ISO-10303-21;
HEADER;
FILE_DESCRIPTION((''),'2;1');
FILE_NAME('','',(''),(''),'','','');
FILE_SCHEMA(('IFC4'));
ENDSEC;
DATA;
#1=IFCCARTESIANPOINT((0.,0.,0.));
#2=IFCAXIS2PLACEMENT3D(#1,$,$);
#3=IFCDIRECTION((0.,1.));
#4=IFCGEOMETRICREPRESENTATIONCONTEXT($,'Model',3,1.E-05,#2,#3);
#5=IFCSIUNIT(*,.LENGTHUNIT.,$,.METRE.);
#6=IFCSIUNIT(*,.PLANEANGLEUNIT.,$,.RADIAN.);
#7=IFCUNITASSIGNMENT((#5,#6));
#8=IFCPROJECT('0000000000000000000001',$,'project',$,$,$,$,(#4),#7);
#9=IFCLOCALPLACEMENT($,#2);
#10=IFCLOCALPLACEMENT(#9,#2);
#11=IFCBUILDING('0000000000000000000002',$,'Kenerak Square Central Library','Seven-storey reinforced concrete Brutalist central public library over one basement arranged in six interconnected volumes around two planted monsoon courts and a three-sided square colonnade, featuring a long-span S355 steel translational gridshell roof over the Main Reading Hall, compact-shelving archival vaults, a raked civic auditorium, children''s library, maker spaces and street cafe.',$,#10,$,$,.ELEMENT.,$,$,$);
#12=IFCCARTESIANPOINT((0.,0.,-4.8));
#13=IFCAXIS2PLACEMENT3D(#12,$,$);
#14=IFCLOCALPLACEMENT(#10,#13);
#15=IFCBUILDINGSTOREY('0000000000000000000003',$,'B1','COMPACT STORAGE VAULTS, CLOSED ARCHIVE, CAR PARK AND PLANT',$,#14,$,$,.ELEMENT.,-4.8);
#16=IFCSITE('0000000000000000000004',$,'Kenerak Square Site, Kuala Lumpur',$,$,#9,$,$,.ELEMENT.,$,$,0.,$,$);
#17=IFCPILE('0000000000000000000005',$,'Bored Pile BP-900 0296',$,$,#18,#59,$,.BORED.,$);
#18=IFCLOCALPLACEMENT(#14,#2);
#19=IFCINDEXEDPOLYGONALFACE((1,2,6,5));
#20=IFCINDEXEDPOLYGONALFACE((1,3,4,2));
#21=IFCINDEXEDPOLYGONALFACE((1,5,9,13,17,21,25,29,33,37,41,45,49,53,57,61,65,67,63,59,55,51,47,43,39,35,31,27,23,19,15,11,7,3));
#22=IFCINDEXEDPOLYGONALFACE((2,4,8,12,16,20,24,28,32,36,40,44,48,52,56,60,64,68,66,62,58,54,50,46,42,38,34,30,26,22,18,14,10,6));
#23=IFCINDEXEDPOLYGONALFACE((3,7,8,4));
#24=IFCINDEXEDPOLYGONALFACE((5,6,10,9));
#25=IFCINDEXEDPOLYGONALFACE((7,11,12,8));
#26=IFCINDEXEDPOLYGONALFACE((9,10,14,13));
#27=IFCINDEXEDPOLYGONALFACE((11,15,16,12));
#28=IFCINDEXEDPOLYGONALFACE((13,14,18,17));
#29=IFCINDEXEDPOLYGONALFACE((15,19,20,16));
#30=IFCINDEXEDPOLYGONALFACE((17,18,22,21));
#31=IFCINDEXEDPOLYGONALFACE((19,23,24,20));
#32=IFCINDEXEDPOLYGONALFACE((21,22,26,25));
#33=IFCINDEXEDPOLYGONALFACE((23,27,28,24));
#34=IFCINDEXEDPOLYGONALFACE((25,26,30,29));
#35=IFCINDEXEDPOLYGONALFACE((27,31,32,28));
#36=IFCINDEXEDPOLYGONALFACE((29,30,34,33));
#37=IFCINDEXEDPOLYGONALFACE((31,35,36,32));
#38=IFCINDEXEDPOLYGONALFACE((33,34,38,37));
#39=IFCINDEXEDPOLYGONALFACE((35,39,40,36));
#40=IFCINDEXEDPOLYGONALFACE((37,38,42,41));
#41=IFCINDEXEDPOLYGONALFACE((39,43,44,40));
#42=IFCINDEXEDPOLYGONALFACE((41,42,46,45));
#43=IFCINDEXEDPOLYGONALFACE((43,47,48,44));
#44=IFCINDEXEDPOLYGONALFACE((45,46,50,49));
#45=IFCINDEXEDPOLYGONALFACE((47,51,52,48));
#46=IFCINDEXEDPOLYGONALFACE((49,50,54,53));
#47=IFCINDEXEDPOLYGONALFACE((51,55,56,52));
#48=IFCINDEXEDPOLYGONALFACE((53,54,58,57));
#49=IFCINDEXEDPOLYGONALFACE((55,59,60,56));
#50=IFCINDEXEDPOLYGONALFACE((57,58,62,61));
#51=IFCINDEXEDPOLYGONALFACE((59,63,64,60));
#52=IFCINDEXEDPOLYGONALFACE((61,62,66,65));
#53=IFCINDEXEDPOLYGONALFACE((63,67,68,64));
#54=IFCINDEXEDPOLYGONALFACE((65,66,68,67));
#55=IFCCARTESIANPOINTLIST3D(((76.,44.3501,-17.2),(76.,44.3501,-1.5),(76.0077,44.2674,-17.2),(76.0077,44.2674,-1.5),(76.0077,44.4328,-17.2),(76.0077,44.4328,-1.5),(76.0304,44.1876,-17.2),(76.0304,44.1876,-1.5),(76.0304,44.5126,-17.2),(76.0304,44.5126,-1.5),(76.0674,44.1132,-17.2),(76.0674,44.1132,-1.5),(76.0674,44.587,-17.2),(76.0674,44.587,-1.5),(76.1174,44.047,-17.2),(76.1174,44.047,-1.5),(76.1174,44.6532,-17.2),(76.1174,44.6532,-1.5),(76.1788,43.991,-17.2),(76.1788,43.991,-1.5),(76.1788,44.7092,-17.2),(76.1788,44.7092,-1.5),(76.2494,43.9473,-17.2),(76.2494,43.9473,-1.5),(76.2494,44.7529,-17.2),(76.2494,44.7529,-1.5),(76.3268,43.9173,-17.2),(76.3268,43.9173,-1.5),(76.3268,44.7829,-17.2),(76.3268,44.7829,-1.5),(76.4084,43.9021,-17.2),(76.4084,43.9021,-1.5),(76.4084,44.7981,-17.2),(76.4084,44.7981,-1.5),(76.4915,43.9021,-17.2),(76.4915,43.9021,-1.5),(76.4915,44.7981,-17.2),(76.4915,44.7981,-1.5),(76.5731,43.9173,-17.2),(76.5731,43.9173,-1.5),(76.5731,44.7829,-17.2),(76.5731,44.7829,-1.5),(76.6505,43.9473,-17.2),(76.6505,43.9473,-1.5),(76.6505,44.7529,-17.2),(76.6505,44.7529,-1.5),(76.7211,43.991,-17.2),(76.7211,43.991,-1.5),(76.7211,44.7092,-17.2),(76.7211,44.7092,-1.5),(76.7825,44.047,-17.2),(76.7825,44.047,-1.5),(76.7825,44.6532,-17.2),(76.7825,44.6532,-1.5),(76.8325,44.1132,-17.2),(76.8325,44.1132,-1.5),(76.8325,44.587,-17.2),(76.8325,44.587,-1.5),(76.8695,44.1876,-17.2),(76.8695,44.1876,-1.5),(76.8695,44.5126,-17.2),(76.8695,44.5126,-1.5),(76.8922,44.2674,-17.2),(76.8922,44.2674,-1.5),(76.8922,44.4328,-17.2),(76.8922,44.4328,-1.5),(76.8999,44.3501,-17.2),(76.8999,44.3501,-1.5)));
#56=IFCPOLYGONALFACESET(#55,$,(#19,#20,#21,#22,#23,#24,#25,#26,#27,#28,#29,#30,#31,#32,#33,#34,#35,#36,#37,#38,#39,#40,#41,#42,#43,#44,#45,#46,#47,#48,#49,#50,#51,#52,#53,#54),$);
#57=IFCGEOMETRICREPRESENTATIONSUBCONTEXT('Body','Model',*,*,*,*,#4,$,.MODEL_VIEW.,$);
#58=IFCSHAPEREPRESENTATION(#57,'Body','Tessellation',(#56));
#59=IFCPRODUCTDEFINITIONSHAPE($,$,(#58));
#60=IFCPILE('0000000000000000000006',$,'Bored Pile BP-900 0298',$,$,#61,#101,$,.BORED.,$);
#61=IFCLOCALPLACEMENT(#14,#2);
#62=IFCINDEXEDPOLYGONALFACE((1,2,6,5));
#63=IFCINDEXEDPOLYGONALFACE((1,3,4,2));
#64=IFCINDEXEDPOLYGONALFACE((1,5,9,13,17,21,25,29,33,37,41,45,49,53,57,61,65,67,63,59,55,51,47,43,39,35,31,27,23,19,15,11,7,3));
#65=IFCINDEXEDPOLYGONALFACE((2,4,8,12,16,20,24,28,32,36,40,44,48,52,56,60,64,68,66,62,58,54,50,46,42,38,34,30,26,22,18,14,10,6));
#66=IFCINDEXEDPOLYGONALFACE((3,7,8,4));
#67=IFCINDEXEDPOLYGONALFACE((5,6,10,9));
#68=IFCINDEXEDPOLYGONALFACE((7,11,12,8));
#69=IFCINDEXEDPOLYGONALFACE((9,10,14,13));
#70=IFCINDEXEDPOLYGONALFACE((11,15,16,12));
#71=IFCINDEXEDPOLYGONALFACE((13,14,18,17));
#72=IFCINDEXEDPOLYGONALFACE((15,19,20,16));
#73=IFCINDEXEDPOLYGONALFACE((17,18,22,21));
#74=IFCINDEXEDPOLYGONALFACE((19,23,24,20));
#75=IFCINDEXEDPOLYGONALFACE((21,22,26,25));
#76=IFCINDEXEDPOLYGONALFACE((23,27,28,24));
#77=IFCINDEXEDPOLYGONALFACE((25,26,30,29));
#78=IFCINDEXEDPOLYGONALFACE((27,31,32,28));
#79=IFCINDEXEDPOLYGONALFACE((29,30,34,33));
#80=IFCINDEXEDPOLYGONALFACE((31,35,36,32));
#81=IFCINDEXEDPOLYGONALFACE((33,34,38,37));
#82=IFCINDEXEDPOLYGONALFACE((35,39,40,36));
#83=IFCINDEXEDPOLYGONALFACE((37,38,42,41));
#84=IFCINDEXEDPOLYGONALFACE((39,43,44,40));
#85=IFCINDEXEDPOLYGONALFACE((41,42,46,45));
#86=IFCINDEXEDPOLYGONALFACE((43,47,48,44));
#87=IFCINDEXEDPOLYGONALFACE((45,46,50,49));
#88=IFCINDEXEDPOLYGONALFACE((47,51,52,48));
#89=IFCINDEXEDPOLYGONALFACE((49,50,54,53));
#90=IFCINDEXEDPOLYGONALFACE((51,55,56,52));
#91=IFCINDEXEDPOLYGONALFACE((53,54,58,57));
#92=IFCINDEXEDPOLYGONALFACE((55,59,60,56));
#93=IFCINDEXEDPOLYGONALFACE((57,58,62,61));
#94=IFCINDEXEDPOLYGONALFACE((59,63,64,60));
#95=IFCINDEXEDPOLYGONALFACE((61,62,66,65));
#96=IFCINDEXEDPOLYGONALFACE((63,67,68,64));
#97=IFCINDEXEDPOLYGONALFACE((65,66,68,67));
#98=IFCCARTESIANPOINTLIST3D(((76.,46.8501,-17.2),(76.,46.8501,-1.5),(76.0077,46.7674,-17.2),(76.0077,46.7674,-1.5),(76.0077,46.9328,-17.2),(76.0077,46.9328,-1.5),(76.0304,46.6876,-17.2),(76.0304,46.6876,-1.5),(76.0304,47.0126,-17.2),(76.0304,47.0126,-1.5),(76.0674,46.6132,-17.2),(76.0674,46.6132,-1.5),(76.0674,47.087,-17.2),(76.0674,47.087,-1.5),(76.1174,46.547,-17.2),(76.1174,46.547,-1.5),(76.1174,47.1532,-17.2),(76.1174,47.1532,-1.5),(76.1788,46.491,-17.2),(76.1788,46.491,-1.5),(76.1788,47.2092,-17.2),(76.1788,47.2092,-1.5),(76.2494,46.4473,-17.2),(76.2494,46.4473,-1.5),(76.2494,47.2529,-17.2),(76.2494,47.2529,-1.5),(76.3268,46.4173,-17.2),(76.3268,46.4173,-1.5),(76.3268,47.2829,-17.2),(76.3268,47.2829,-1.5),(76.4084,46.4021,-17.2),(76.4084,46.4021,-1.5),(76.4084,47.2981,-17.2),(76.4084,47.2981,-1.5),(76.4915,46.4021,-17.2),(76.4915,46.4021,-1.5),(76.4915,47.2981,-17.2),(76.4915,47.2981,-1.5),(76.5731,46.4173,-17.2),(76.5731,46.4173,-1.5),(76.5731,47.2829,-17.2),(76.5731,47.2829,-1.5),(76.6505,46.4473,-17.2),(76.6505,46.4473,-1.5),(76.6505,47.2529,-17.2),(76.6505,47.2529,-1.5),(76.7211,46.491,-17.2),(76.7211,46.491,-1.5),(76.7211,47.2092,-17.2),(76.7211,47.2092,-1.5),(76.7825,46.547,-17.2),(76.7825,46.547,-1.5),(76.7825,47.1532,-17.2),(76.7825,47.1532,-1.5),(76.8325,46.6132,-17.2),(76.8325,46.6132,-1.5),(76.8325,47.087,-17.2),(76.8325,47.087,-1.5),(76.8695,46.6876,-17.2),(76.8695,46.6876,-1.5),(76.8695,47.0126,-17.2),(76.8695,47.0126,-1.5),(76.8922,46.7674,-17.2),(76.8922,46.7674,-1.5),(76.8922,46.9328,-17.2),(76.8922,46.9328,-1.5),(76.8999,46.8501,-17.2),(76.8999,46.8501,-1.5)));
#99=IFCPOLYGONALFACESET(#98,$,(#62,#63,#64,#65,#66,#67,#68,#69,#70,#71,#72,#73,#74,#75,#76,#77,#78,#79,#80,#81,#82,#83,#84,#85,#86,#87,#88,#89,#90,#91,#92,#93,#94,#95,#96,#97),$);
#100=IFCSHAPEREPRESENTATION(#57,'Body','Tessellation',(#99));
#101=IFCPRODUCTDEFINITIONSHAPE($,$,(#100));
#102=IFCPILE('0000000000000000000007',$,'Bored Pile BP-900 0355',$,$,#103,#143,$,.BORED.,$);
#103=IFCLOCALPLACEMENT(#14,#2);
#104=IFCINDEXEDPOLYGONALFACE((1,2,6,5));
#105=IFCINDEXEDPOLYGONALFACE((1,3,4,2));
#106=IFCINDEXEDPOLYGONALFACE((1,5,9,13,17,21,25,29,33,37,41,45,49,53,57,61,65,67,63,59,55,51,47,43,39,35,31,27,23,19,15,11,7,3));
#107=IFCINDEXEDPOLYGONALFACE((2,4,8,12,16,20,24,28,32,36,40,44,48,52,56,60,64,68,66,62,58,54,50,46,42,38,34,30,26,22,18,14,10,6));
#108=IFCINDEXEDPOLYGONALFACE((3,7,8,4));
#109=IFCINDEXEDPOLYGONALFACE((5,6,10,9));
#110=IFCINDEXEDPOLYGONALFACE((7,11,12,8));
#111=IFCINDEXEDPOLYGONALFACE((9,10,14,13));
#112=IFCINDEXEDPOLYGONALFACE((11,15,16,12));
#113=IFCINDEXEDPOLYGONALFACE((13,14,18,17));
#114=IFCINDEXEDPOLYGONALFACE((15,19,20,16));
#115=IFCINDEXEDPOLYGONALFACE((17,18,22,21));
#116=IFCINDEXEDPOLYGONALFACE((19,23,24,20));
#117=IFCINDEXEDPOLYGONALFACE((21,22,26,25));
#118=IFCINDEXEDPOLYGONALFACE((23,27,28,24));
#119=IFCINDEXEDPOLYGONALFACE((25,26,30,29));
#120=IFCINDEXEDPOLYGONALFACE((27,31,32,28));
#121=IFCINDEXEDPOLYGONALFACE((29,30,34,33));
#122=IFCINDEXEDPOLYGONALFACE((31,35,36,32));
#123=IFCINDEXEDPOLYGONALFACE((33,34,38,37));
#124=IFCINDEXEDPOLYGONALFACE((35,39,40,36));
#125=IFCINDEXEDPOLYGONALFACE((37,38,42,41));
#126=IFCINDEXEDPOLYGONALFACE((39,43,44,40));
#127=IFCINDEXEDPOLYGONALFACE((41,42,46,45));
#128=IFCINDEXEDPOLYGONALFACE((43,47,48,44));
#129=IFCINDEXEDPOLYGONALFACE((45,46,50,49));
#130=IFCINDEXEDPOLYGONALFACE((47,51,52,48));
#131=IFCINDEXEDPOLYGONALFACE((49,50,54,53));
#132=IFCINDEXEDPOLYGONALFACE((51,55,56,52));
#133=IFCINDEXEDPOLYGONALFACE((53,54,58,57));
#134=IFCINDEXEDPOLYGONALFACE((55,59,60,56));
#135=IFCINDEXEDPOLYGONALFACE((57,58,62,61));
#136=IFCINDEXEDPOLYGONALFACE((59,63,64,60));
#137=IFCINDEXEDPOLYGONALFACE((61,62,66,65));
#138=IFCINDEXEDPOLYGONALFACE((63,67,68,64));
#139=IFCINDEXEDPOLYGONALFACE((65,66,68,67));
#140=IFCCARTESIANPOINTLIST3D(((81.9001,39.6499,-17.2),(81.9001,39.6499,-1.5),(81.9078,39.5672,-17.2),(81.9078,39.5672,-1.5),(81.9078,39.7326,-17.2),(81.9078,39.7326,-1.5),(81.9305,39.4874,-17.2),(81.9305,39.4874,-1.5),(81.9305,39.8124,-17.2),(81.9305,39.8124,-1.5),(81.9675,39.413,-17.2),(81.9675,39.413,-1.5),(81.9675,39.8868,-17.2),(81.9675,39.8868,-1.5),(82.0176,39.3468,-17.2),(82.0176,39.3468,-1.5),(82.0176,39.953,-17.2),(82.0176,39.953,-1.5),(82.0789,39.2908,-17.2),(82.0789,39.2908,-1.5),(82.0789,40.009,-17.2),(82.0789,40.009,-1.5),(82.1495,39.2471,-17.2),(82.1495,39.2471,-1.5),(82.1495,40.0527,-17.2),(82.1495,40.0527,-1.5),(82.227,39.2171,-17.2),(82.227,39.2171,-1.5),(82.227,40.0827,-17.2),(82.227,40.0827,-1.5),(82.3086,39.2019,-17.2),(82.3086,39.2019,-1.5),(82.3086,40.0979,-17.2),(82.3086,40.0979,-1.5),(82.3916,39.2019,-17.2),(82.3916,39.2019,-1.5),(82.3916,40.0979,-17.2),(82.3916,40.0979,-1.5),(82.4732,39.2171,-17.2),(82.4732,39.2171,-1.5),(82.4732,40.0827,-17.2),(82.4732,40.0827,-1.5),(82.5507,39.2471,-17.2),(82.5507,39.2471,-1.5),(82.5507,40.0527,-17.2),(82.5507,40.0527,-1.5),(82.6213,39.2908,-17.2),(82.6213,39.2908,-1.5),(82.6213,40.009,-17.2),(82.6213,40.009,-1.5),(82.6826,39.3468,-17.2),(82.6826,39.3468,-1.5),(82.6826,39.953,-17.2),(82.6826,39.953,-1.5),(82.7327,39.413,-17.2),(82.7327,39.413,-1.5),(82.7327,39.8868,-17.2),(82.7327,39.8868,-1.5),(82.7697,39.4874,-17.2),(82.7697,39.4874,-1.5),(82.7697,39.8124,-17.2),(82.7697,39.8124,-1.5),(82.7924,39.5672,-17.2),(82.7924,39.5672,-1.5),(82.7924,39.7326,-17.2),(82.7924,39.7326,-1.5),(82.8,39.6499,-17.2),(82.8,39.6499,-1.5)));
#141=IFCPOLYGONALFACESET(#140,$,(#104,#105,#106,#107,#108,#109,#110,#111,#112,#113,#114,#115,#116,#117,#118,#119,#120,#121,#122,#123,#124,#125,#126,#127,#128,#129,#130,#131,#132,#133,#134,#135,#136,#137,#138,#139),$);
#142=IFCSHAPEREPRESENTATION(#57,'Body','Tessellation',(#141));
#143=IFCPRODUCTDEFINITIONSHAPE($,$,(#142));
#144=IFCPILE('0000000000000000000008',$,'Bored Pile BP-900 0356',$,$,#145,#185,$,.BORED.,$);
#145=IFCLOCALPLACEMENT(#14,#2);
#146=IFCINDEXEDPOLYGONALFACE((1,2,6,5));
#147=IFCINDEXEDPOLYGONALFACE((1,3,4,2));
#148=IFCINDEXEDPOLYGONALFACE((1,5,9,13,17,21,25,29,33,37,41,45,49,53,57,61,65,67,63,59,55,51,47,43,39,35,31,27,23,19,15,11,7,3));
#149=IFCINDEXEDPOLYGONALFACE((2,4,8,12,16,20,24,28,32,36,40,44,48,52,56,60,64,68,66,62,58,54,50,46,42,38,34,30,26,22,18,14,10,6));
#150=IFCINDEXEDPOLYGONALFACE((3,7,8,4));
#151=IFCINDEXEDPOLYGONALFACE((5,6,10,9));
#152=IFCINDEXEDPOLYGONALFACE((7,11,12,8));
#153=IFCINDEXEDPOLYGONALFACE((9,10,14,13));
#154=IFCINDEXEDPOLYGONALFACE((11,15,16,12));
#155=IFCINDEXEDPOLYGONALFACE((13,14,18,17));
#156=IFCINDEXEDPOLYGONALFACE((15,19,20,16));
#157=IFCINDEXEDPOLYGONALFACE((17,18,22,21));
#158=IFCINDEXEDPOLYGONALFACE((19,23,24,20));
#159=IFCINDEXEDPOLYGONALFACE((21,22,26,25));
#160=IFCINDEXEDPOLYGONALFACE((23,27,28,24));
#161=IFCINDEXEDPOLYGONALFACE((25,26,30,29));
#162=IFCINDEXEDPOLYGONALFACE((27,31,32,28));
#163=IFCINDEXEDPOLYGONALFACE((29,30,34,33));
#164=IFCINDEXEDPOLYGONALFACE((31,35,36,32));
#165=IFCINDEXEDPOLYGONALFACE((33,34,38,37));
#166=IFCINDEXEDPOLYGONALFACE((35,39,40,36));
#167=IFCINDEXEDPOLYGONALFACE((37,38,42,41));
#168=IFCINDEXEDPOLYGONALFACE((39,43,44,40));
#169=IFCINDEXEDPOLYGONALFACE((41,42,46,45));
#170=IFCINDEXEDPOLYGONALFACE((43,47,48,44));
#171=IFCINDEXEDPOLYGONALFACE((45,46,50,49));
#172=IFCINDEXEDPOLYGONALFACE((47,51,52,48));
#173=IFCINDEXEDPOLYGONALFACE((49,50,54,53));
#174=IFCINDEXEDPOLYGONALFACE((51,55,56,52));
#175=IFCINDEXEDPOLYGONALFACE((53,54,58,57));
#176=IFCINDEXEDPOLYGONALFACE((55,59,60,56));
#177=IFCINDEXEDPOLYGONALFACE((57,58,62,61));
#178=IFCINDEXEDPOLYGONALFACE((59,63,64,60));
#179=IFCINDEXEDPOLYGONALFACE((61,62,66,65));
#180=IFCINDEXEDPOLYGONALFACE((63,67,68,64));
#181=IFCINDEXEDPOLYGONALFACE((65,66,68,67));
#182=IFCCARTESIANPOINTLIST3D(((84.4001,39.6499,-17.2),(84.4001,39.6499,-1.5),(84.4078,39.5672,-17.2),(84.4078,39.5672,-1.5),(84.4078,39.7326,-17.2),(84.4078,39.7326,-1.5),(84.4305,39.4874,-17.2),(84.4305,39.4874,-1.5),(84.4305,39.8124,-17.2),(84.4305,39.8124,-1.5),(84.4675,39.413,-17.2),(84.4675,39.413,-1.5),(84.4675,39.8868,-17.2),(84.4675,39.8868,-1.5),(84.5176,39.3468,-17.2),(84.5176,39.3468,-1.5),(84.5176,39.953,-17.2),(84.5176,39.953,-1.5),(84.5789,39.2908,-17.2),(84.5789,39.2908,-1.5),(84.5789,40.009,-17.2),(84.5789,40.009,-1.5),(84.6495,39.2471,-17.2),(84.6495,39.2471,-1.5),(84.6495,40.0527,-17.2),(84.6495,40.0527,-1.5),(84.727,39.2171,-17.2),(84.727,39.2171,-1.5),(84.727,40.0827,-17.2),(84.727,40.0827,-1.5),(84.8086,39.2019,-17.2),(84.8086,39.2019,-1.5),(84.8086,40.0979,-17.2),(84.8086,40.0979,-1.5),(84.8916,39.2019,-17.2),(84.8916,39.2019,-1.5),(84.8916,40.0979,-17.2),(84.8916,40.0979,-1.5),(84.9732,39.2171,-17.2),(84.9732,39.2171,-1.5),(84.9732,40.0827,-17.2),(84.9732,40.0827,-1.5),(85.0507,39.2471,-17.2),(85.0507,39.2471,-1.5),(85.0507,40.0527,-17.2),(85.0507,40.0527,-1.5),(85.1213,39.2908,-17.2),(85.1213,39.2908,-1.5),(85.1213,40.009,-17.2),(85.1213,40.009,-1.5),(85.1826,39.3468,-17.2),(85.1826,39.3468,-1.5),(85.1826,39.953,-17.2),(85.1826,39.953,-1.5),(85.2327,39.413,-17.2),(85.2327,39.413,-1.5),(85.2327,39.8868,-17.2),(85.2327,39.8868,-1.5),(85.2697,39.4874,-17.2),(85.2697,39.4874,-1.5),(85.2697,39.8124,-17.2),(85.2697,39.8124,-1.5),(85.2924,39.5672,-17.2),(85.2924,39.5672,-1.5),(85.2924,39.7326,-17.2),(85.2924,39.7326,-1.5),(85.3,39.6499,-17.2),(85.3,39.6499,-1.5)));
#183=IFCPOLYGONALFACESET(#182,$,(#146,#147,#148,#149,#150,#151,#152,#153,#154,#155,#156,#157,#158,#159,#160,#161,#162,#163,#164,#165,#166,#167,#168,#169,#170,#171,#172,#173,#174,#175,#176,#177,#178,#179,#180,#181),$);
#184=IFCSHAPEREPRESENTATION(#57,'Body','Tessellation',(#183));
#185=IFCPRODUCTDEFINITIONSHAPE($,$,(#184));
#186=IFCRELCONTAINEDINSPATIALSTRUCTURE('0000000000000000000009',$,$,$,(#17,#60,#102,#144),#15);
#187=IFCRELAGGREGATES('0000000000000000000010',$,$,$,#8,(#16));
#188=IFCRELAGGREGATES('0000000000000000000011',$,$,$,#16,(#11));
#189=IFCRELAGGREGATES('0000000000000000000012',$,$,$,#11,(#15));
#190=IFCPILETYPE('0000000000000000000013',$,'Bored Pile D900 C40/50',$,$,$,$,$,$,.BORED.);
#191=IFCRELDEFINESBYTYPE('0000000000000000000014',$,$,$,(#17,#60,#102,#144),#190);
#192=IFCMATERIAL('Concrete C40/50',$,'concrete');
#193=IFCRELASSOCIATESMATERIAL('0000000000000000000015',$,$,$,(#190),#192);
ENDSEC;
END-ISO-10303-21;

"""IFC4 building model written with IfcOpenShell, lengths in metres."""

from ifc_helpers import new_model, si_unit, direction, frame, origin, origin_2d, place, context, subcontext, project, spatial, circle, extrude, material, material_profile, profile_set, type_object, element, save


model = new_model("IFC4")

# Units and contexts
model_context = context("Model", 3, precision=1e-05, world=origin(), true_north=direction((0.0, 1.0)))
body_context = subcontext(model_context, "Body", "Model", "MODEL_VIEW")
ifc_project = project(units=[si_unit("LENGTHUNIT", "METRE"), si_unit("PLANEANGLEUNIT", "RADIAN")], contexts=[model_context])

# Site, building, storey
site_placement = place(None, origin())
site = spatial("IfcSite", under=ifc_project, at=site_placement, Name="Kenerak Square Site, Kuala Lumpur", CompositionType="ELEMENT", RefElevation=0.0)
building_placement = place(site_placement, origin())
building = spatial("IfcBuilding", under=site, at=building_placement, Name="Kenerak Square Central Library", Description="Seven-storey reinforced concrete Brutalist central public library over one basement arranged in six interconnected volumes around two planted monsoon courts and a three-sided square colonnade, featuring a long-span S355 steel translational gridshell roof over the Main Reading Hall, compact-shelving archival vaults, a raked civic auditorium, children's library, maker spaces and street cafe.", CompositionType="ELEMENT")
storey_placement = place(building_placement, frame((0.0, 0.0, -4.8)))
storey = spatial("IfcBuildingStorey", under=building, at=storey_placement, Name="B1", Description="COMPACT STORAGE VAULTS, CLOSED ARCHIVE, CAR PARK AND PLANT", CompositionType="ELEMENT", Elevation=-4.8)

# Piles
ifc_material_1 = material(Name="Concrete C40/50", Category="concrete")
ifc_material_profile_1 = material_profile(ifc_material_1, circle(Radius=0.45, at=origin_2d()), Name="BP D900")
ifc_profile_set_1 = profile_set([ifc_material_profile_1], Name="Concrete C40/50")
pile_type_1 = type_object("IfcPileType", Name="Bored Pile D900 C40/50", PredefinedType="BORED", material=ifc_profile_set_1)
for number, where, z_axis, x_axis, name in (
    (1, (76.45, 44.3501, -1.5), (0.0, 0.0, -1.0), (1.0, 0.0, 0.0), "Bored Pile BP-900 0296"),
    (2, (76.45, 46.8501, -1.5), (0.0, 0.0, -1.0), (1.0, 0.0, 0.0), "Bored Pile BP-900 0298"),
    (3, (82.3501, 39.6499, -1.5), (0.0, 0.0, -1.0), (1.0, 0.0, 0.0), "Bored Pile BP-900 0355"),
    (4, (84.8501, 39.6499, -1.5), (0.0, 0.0, -1.0), (1.0, 0.0, 0.0), "Bored Pile BP-900 0356"),
):
    element("IfcPile", number, at=place(storey_placement, frame(where, z_axis=z_axis, x_axis=x_axis)), inside=storey, type_object=pile_type_1, Name=name, PredefinedType="BORED", context=body_context, shape_type="SweptSolid", body=[
        extrude(circle(Radius=0.45, at=origin_2d()), origin(), (0.0, 0.0, 1.0), 15.7),
    ])

save(model, "model.ifc")
